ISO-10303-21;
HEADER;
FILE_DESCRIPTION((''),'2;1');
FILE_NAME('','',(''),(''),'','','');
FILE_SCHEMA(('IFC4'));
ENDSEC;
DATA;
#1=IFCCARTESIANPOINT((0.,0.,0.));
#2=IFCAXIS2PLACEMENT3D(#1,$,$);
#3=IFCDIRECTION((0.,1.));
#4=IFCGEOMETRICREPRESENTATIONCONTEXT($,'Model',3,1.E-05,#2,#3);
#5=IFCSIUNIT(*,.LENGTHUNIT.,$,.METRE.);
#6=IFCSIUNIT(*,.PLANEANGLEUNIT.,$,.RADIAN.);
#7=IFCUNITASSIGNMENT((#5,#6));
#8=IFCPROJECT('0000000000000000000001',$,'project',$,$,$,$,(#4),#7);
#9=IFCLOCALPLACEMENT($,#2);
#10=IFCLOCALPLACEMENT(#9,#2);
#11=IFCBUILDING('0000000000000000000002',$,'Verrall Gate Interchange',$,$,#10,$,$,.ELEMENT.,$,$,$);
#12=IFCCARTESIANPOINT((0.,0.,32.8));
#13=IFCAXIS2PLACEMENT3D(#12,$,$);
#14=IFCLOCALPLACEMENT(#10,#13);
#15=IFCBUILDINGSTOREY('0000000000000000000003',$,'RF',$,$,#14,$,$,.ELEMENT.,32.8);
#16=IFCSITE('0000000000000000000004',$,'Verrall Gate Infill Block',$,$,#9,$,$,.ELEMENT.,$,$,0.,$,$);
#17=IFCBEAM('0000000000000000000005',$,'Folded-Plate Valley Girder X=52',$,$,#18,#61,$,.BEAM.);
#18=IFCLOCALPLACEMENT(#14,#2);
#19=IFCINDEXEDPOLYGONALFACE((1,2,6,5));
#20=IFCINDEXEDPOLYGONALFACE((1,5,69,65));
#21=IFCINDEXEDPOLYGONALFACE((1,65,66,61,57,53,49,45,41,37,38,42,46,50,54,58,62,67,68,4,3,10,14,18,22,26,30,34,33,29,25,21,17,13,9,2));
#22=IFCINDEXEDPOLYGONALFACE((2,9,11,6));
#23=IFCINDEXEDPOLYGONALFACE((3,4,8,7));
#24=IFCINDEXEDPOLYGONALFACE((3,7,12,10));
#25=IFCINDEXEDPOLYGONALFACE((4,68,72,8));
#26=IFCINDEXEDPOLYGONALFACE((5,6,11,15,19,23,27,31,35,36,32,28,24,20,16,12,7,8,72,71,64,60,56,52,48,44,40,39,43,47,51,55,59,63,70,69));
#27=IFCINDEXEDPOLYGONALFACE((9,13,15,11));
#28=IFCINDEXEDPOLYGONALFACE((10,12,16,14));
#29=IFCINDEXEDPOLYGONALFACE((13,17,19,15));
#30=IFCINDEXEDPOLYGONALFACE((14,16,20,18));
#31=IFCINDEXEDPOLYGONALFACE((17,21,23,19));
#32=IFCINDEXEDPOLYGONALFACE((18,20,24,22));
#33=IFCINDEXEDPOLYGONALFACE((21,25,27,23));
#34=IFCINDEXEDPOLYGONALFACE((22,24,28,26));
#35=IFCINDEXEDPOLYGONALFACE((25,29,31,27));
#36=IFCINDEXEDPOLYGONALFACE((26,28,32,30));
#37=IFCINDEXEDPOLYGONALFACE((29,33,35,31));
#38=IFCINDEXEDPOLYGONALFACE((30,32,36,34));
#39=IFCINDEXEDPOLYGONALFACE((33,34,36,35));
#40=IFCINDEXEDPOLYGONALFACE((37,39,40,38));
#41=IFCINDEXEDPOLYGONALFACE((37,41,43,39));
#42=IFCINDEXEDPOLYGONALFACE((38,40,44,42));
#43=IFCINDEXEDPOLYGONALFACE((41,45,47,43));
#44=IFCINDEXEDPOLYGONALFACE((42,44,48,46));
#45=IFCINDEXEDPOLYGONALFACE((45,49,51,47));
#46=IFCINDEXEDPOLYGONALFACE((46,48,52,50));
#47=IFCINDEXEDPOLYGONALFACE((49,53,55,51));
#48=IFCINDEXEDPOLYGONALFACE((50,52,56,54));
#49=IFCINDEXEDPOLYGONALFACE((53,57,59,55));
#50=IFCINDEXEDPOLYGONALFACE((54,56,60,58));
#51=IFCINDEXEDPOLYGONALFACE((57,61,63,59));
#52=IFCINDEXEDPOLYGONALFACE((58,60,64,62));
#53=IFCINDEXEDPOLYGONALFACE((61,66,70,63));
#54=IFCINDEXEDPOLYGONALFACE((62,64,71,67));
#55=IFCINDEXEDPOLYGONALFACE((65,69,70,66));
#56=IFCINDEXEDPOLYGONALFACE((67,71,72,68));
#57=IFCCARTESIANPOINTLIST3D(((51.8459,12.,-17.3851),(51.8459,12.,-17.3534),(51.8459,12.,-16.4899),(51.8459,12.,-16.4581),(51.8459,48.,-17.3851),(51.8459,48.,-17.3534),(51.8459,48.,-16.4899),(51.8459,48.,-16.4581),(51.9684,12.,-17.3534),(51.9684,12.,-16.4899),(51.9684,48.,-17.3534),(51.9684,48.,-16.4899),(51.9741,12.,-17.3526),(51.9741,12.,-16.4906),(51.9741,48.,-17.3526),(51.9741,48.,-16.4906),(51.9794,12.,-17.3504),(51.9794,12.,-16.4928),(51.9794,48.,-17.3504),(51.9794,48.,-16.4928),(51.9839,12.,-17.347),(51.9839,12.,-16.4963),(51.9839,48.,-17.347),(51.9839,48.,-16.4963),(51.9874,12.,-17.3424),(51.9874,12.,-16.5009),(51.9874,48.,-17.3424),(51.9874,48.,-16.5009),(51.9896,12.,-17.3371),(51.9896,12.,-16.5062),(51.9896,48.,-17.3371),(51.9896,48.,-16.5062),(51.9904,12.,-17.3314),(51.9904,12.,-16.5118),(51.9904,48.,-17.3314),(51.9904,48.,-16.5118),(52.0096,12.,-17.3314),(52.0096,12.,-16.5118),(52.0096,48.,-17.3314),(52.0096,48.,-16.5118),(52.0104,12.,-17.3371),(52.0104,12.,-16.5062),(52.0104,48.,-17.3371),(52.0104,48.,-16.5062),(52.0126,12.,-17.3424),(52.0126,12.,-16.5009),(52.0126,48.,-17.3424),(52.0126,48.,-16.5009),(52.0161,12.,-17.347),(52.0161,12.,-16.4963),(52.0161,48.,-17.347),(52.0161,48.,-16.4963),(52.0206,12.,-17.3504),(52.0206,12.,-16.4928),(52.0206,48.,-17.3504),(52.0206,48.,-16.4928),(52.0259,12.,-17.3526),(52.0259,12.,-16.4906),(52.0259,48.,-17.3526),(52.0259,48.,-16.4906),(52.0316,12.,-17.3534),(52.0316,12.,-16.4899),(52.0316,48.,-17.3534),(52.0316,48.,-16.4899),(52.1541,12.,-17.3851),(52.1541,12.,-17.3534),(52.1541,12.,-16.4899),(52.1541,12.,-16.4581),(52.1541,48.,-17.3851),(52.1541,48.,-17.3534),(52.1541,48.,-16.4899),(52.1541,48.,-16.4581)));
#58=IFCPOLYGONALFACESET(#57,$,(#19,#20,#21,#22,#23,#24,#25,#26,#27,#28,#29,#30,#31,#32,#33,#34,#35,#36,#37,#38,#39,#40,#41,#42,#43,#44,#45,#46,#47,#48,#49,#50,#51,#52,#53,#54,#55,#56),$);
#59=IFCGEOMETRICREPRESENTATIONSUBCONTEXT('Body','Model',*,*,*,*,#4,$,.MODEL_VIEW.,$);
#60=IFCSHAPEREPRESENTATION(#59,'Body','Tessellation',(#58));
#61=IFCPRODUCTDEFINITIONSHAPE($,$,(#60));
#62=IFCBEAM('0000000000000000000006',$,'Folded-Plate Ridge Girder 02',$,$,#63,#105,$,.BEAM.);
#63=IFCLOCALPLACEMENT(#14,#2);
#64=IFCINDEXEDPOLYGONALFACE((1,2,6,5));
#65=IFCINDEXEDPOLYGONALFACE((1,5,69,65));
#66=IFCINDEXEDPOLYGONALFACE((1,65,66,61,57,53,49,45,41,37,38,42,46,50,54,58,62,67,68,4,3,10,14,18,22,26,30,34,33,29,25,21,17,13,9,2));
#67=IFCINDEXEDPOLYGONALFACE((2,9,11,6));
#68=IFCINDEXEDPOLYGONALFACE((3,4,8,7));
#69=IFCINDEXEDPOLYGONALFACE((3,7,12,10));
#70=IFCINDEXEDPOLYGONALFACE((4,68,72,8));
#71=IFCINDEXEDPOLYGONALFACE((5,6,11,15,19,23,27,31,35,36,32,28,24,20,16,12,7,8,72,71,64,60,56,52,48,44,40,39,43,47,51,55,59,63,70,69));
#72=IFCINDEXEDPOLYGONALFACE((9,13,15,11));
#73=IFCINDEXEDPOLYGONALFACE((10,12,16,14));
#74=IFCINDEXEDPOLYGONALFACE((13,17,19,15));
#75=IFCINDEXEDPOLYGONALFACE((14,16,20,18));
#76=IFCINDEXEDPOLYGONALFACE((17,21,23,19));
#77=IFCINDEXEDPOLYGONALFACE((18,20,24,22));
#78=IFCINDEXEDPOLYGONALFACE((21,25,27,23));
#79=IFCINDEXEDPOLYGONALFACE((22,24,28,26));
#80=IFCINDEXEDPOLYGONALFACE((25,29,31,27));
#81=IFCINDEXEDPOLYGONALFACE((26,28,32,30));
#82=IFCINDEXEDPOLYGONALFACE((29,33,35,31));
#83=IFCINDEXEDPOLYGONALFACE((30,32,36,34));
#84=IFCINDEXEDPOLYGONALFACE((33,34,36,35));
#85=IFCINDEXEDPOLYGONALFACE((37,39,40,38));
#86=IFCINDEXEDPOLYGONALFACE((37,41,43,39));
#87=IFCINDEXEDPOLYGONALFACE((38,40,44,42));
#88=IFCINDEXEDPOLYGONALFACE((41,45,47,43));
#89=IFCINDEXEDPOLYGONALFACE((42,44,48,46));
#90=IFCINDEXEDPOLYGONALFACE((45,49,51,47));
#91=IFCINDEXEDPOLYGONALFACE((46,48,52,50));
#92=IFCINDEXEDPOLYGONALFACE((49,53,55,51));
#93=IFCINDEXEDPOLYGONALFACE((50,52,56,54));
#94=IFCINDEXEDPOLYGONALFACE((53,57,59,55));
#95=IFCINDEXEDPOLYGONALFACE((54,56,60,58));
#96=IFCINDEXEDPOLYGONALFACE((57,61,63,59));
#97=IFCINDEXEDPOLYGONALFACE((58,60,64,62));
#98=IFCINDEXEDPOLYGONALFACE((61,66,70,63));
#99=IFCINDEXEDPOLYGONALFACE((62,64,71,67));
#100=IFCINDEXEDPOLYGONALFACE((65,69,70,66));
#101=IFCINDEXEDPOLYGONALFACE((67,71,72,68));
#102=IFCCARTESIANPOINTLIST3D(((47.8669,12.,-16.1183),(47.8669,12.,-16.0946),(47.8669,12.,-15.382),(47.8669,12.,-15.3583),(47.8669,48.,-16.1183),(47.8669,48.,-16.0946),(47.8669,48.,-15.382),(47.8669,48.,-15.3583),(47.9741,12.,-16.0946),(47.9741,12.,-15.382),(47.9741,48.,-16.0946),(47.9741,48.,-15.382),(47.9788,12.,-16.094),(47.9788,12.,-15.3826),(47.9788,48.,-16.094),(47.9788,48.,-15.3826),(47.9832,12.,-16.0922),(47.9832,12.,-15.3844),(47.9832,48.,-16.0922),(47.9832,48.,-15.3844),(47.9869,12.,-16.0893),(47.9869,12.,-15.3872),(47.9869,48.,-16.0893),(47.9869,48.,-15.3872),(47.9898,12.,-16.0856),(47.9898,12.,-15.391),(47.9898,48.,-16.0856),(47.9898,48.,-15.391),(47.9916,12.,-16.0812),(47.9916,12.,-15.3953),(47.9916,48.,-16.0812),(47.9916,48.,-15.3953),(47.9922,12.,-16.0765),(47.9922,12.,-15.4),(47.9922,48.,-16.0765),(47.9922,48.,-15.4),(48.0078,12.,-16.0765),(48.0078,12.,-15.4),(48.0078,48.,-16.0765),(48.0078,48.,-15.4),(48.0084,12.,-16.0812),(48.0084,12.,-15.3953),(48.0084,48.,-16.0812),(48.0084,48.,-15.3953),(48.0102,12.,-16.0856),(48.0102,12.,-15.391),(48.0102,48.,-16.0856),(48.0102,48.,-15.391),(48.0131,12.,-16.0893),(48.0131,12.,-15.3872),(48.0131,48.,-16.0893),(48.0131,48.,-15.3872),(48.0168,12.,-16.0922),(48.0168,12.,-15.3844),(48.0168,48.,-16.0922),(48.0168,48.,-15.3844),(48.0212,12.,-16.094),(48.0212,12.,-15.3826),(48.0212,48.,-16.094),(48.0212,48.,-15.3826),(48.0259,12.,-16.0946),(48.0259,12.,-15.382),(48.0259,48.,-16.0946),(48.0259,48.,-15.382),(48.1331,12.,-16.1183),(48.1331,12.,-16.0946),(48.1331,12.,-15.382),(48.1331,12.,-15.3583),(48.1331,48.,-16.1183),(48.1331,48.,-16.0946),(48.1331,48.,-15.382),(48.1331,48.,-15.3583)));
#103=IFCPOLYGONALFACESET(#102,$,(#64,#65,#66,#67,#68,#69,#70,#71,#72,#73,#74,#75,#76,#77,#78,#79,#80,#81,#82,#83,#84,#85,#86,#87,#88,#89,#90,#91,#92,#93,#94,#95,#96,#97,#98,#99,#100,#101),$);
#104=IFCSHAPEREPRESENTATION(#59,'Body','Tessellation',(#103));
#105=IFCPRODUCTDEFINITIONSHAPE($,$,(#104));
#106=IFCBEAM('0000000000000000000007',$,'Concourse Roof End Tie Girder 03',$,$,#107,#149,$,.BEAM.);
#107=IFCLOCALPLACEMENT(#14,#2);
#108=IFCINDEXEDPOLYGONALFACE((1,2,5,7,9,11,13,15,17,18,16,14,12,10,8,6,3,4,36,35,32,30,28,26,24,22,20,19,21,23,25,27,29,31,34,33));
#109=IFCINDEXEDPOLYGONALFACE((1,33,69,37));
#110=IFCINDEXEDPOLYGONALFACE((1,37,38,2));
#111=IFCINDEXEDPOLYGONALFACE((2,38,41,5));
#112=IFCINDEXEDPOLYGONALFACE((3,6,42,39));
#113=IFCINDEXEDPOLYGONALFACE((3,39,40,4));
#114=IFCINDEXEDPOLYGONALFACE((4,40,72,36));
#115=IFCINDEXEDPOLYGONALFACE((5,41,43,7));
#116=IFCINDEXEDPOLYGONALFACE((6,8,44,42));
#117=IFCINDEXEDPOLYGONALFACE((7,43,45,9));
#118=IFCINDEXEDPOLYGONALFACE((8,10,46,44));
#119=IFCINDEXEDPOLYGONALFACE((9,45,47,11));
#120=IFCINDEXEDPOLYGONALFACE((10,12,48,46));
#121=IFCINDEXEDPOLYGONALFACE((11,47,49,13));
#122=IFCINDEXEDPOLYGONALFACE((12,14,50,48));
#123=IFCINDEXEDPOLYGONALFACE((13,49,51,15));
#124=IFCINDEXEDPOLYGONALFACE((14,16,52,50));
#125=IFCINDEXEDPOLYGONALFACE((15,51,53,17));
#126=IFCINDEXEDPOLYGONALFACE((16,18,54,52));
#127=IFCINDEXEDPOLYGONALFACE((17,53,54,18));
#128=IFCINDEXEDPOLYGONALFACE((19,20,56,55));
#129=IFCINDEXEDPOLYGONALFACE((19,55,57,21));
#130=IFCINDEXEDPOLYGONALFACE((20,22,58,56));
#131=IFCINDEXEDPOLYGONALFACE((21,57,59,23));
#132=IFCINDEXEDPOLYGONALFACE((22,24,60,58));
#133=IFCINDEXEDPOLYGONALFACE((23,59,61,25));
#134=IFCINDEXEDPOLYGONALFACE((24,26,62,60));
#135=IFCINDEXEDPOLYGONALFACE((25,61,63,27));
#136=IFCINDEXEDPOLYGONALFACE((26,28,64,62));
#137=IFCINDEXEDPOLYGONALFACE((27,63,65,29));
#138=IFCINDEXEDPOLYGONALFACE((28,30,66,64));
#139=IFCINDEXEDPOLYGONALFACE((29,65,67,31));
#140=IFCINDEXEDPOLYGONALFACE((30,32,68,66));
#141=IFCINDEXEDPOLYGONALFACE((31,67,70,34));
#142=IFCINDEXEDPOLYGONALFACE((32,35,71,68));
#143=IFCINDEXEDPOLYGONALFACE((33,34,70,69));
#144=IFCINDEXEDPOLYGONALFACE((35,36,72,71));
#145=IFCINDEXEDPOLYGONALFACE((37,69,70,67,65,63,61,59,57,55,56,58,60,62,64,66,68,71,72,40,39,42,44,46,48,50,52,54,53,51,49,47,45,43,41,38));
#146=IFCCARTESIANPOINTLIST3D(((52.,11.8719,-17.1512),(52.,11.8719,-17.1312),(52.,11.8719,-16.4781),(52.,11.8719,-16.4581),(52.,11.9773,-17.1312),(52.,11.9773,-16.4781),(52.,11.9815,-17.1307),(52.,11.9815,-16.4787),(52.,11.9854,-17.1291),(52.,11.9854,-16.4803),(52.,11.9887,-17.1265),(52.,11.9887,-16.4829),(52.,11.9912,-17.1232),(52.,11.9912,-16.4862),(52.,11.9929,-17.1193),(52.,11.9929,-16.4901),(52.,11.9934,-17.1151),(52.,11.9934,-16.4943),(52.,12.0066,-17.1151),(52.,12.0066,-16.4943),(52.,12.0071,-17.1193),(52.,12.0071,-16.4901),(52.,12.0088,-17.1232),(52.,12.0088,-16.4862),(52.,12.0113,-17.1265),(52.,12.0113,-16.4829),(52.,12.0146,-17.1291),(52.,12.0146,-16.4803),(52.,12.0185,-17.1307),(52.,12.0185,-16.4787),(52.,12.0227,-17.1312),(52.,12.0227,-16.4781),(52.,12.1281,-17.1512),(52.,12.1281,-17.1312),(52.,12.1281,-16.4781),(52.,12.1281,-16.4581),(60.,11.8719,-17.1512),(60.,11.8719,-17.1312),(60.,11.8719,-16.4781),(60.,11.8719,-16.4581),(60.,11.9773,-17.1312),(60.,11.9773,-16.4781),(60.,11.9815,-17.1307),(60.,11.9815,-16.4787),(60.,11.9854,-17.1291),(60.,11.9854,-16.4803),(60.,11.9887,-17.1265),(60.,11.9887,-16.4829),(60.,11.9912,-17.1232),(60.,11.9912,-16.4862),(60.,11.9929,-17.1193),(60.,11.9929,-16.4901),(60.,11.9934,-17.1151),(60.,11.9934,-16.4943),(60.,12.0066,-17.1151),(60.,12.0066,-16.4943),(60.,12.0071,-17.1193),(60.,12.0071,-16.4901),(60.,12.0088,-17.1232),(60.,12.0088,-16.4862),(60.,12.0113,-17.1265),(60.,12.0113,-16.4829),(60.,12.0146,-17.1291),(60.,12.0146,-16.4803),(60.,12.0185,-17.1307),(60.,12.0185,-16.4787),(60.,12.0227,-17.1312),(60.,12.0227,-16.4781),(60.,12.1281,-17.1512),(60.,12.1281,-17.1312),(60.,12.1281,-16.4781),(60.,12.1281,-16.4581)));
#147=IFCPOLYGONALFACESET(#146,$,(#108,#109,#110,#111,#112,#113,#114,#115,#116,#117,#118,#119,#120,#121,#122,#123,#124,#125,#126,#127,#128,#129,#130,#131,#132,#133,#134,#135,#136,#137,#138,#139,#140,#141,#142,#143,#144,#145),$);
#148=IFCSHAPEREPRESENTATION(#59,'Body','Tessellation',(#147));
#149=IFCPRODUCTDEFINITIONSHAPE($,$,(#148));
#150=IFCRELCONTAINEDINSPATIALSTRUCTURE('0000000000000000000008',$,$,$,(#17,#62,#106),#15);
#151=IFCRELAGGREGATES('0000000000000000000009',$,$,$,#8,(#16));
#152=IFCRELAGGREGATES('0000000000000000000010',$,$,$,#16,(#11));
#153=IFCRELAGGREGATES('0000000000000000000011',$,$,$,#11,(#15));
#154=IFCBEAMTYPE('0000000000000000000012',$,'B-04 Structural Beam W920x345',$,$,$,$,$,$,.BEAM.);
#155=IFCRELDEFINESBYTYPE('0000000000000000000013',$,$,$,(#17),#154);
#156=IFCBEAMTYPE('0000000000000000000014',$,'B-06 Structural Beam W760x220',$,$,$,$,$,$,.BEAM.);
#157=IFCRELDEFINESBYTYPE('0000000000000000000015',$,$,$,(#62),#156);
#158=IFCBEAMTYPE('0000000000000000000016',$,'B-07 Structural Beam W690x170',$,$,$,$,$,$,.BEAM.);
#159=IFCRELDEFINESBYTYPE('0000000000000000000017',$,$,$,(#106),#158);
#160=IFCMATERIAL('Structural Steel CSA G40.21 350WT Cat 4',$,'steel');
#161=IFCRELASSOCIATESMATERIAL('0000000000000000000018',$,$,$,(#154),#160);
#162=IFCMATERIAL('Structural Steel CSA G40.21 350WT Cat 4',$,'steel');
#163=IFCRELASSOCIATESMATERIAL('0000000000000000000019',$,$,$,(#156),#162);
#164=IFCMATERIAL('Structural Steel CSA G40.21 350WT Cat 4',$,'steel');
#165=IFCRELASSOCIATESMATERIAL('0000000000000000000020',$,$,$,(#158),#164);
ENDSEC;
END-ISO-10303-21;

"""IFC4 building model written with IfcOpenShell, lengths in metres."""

from ifc_helpers import new_model, si_unit, direction, frame, origin, origin_2d, place, context, subcontext, project, spatial, i_section, extrude, material, material_profile, profile_set, type_object, element, save


model = new_model("IFC4")

# Units and contexts
model_context = context("Model", 3, precision=1e-05, world=origin(), true_north=direction((0.0, 1.0)))
body_context = subcontext(model_context, "Body", "Model", "MODEL_VIEW")
ifc_project = project(units=[si_unit("LENGTHUNIT", "METRE"), si_unit("PLANEANGLEUNIT", "RADIAN")], contexts=[model_context])

# Site, building, storey
site_placement = place(None, origin())
site = spatial("IfcSite", under=ifc_project, at=site_placement, Name="Verrall Gate Infill Block", CompositionType="ELEMENT", RefElevation=0.0)
building_placement = place(site_placement, origin())
building = spatial("IfcBuilding", under=site, at=building_placement, Name="Verrall Gate Interchange", CompositionType="ELEMENT")
storey_placement = place(building_placement, frame((0.0, 0.0, 32.8)))
storey = spatial("IfcBuildingStorey", under=building, at=storey_placement, Name="RF", CompositionType="ELEMENT", Elevation=32.8)

# Beams
ifc_material_1 = material(Name="Structural Steel CSA G40.21 350WT Cat 4", Category="steel")
ifc_material_profile_1 = material_profile(ifc_material_1, i_section(OverallWidth=0.3081, OverallDepth=0.927, WebThickness=0.0193, FlangeThickness=0.0317, FilletRadius=0.022, at=origin_2d()), Name="W920x345")
ifc_profile_set_1 = profile_set([ifc_material_profile_1], Name="Structural Steel CSA G40.21 350WT Cat 4")
beam_type_1 = type_object("IfcBeamType", Name="B-04 Structural Beam W920x345", PredefinedType="BEAM", material=ifc_profile_set_1)
beam_1_placement = place(storey_placement, frame((52.0, 12.0, -16.9216), z_axis=(0.0, 1.0, 0.0), x_axis=(-1.0, 0.0, 0.0)))
element("IfcBeam", 1, at=beam_1_placement, inside=storey, type_object=beam_type_1, Name="Folded-Plate Valley Girder X=52", PredefinedType="BEAM", context=body_context, shape_type="SweptSolid", body=[
    extrude(i_section(OverallWidth=0.3081, OverallDepth=0.927, WebThickness=0.0193, FlangeThickness=0.0317, FilletRadius=0.022, at=origin_2d()), origin(), (0.0, 0.0, 1.0), 36.0),
])
ifc_material_2 = material(Name="Structural Steel CSA G40.21 350WT Cat 4", Category="steel")
ifc_material_profile_2 = material_profile(ifc_material_2, i_section(OverallWidth=0.2661, OverallDepth=0.76, WebThickness=0.0156, FlangeThickness=0.0237, FilletRadius=0.0181, at=origin_2d()), Name="W760x220")
ifc_profile_set_2 = profile_set([ifc_material_profile_2], Name="Structural Steel CSA G40.21 350WT Cat 4")
beam_type_2 = type_object("IfcBeamType", Name="B-06 Structural Beam W760x220", PredefinedType="BEAM", material=ifc_profile_set_2)
beam_2_placement = place(storey_placement, frame((48.0, 12.0, -15.7383), z_axis=(0.0, 1.0, 0.0), x_axis=(-1.0, 0.0, 0.0)))
element("IfcBeam", 2, at=beam_2_placement, inside=storey, type_object=beam_type_2, Name="Folded-Plate Ridge Girder 02", PredefinedType="BEAM", context=body_context, shape_type="SweptSolid", body=[
    extrude(i_section(OverallWidth=0.2661, OverallDepth=0.76, WebThickness=0.0156, FlangeThickness=0.0237, FilletRadius=0.0181, at=origin_2d()), origin(), (0.0, 0.0, 1.0), 36.0),
])
ifc_material_3 = material(Name="Structural Steel CSA G40.21 350WT Cat 4", Category="steel")
ifc_material_profile_3 = material_profile(ifc_material_3, i_section(OverallWidth=0.2561, OverallDepth=0.6931, WebThickness=0.0132, FlangeThickness=0.02, FilletRadius=0.0161, at=origin_2d()), Name="W690x170")
ifc_profile_set_3 = profile_set([ifc_material_profile_3], Name="Structural Steel CSA G40.21 350WT Cat 4")
beam_type_3 = type_object("IfcBeamType", Name="B-07 Structural Beam W690x170", PredefinedType="BEAM", material=ifc_profile_set_3)
beam_3_placement = place(storey_placement, frame((52.0, 12.0, -16.8047), z_axis=(1.0, 0.0, 0.0), x_axis=(0.0, 1.0, 0.0)))
element("IfcBeam", 3, at=beam_3_placement, inside=storey, type_object=beam_type_3, Name="Concourse Roof End Tie Girder 03", PredefinedType="BEAM", context=body_context, shape_type="SweptSolid", body=[
    extrude(i_section(OverallWidth=0.2561, OverallDepth=0.6931, WebThickness=0.0132, FlangeThickness=0.02, FilletRadius=0.0161, at=origin_2d()), origin(), (0.0, 0.0, 1.0), 8.0),
])

save(model, "model.ifc")
